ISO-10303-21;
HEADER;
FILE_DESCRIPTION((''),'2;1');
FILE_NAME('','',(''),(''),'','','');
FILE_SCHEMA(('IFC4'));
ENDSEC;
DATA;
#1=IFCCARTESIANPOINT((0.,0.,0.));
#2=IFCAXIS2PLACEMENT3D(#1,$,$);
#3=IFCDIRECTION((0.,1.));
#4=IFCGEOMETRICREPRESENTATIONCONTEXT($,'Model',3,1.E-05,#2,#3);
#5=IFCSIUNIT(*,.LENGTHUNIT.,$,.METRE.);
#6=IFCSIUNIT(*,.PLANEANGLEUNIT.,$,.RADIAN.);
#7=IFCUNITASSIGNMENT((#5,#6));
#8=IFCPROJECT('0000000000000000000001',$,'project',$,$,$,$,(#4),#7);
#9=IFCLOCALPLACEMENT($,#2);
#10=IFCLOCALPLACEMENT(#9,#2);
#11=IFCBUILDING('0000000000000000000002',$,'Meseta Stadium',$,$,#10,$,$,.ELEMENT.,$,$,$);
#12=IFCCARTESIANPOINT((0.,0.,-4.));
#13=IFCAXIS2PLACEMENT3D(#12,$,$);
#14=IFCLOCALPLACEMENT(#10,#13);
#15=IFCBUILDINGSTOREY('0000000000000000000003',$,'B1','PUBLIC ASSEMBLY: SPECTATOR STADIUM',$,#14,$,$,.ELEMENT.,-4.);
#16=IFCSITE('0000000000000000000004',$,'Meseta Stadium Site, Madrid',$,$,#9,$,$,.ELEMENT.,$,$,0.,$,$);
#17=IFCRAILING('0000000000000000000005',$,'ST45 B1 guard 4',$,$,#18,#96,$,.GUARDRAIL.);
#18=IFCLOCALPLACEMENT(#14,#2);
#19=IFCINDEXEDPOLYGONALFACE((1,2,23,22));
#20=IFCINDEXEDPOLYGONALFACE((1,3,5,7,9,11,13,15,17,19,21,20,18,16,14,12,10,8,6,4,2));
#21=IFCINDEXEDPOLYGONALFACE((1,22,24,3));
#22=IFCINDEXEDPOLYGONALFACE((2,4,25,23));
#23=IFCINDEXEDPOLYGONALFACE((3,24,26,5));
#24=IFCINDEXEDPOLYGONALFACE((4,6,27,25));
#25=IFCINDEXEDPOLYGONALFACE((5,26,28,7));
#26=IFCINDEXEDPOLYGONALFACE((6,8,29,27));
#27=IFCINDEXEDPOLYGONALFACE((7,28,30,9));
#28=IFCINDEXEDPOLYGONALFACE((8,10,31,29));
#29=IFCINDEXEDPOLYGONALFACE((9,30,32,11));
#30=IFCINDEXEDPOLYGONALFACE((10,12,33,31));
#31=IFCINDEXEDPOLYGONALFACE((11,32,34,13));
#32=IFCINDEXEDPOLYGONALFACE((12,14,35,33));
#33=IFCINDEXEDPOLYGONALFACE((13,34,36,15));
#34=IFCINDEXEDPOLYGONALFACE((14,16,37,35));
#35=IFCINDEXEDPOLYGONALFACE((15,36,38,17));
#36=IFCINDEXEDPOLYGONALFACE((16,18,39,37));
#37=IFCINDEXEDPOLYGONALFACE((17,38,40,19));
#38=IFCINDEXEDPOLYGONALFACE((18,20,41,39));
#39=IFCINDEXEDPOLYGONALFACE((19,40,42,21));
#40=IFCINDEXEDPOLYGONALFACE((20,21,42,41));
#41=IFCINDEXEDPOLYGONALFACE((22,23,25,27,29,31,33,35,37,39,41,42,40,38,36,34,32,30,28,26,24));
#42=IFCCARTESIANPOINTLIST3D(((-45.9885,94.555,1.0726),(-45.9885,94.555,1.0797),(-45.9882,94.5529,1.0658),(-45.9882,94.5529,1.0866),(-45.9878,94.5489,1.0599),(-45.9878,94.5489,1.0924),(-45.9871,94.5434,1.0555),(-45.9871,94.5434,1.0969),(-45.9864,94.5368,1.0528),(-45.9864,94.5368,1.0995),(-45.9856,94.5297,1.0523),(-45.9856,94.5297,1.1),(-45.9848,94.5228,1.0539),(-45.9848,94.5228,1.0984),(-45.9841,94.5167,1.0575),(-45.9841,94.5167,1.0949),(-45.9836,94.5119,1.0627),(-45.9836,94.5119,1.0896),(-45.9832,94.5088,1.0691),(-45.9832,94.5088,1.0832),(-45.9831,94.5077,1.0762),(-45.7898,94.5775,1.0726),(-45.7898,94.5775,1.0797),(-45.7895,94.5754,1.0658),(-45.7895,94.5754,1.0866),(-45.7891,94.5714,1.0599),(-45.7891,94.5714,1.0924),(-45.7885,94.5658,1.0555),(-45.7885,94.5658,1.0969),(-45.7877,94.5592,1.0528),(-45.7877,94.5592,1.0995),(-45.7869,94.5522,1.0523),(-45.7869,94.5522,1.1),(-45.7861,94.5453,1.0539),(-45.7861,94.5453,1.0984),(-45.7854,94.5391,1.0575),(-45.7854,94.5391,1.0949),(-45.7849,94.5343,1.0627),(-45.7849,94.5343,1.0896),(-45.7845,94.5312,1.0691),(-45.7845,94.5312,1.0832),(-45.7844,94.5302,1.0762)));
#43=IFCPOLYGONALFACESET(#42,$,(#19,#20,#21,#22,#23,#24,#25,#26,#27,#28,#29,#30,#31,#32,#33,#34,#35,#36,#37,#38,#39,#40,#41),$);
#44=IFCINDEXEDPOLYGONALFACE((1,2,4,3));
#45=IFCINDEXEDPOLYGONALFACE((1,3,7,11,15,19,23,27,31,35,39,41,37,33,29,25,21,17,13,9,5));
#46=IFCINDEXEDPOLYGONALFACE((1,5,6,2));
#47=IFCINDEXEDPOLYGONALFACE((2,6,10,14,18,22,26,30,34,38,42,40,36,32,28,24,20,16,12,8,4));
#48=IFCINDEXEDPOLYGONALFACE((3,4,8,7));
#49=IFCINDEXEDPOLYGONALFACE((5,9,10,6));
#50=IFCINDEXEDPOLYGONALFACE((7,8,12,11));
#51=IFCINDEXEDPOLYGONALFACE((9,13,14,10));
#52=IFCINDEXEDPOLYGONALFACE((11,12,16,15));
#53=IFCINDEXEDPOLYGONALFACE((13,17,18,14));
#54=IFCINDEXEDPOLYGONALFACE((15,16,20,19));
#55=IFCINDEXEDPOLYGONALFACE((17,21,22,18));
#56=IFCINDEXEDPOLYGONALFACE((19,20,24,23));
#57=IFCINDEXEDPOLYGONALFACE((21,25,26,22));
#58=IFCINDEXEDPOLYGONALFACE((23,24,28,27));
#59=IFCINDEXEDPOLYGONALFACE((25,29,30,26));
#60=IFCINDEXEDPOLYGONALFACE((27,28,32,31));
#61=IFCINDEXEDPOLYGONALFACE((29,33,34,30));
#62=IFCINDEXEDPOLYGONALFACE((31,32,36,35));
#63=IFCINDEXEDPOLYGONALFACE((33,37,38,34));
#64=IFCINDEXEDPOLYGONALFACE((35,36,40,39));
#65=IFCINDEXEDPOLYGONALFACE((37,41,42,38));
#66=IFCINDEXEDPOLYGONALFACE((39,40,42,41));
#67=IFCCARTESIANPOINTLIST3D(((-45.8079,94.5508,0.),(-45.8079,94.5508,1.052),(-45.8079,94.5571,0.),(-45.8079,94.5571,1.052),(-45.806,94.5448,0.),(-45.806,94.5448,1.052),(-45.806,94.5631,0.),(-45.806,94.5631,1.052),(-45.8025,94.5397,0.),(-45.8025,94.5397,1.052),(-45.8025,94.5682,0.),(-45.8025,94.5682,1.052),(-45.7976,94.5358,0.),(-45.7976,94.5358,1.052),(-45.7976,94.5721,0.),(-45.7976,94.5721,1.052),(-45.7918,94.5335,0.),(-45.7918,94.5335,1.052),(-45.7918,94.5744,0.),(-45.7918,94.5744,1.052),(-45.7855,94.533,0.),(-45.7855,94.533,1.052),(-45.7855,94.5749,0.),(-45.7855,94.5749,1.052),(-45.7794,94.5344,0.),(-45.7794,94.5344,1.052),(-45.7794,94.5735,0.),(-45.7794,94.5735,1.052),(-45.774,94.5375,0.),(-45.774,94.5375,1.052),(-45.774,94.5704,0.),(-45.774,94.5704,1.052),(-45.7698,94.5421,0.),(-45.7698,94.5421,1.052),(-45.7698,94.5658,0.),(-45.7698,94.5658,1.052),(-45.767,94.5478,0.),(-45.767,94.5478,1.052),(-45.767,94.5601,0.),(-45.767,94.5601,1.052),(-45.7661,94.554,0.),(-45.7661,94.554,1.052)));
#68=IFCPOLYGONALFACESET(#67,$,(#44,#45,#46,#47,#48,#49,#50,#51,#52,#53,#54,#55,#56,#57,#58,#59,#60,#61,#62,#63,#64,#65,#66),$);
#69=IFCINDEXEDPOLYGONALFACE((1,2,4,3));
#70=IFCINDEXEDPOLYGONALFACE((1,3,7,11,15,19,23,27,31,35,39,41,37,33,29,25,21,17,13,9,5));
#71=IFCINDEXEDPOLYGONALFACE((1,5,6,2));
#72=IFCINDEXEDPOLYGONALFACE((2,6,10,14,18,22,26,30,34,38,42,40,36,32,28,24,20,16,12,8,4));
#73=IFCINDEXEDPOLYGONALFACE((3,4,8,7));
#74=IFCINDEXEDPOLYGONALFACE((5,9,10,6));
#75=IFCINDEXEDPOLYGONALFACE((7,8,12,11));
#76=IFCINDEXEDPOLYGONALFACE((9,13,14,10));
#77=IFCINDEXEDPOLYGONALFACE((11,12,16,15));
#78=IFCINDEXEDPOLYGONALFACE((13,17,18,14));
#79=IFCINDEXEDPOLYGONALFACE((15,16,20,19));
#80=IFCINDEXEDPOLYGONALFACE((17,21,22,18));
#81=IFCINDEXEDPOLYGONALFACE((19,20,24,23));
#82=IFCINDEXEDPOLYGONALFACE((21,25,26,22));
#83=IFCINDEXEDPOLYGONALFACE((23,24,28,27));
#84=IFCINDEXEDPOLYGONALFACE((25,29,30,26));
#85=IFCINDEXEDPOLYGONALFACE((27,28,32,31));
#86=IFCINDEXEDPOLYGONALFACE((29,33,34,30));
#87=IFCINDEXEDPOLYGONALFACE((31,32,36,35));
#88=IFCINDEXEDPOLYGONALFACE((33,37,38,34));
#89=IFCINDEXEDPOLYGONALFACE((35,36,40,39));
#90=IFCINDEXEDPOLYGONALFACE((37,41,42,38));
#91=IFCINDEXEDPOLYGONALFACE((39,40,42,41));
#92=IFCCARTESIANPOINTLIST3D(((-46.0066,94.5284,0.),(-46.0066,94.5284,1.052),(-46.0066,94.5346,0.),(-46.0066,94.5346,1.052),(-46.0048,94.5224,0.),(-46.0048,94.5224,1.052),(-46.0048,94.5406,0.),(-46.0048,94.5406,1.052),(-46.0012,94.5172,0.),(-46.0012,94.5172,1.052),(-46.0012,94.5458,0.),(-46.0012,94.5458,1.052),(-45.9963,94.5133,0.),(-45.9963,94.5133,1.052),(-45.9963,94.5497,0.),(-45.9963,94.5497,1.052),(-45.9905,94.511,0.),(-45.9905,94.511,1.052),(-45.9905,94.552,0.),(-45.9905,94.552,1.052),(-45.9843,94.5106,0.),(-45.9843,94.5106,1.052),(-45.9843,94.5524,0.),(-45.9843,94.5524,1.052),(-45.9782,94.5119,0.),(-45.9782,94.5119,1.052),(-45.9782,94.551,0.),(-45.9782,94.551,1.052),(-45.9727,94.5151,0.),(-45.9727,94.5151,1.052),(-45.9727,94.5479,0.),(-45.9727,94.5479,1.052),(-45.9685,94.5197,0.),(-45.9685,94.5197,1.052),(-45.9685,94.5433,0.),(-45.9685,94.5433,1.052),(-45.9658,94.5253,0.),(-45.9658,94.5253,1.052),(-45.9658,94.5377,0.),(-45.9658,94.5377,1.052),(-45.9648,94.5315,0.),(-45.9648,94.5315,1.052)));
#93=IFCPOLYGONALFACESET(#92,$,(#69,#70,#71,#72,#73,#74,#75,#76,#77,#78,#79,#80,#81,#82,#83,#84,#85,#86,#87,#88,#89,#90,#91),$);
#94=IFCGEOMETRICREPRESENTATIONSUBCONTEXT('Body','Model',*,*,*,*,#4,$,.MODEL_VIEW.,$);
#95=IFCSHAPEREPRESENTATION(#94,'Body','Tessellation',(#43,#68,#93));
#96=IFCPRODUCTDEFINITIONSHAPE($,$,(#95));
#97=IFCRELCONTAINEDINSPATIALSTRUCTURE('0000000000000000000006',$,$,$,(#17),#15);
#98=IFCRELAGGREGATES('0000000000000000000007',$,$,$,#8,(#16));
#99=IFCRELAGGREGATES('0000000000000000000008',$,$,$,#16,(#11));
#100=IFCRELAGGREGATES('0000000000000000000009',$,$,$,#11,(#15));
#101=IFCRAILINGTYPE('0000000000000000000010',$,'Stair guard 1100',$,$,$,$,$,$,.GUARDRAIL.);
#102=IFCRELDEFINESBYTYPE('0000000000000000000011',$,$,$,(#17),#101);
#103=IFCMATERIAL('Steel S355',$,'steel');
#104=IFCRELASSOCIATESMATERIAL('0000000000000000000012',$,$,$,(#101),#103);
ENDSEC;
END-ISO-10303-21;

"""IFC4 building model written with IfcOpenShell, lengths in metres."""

from ifc_helpers import new_model, si_unit, direction, frame, origin, origin_2d, place, context, subcontext, project, spatial, circle, extrude, material, type_object, element, save


model = new_model("IFC4")

# Units and contexts
model_context = context("Model", 3, precision=1e-05, world=origin(), true_north=direction((0.0, 1.0)))
body_context = subcontext(model_context, "Body", "Model", "MODEL_VIEW")
ifc_project = project(units=[si_unit("LENGTHUNIT", "METRE"), si_unit("PLANEANGLEUNIT", "RADIAN")], contexts=[model_context])

# Site, building, storey
site_placement = place(None, origin())
site = spatial("IfcSite", under=ifc_project, at=site_placement, Name="Meseta Stadium Site, Madrid", CompositionType="ELEMENT", RefElevation=0.0)
building_placement = place(site_placement, origin())
building = spatial("IfcBuilding", under=site, at=building_placement, Name="Meseta Stadium", CompositionType="ELEMENT")
storey_placement = place(building_placement, frame((0.0, 0.0, -4.0)))
storey = spatial("IfcBuildingStorey", under=building, at=storey_placement, Name="B1", Description="PUBLIC ASSEMBLY: SPECTATOR STADIUM", CompositionType="ELEMENT", Elevation=-4.0)

# Railing
ifc_material_1 = material(Name="Steel S355", Category="steel")
railing_type_1 = type_object("IfcRailingType", Name="Stair guard 1100", PredefinedType="GUARDRAIL", material=ifc_material_1)
railing_1_placement = place(storey_placement, frame((-45.7871, 94.554, 0.0)))
element("IfcRailing", 1, at=railing_1_placement, inside=storey, type_object=railing_type_1, Name="ST45 B1 guard 4", PredefinedType="GUARDRAIL", context=body_context, shape_type="SweptSolid", body=[
    extrude(circle(Radius=0.0239, at=origin_2d()), frame((0.0, 0.0, 1.0762), z_axis=(-0.993674, -0.112307, 0.0), x_axis=(0.112307, -0.993674, 0.0)), (0.0, 0.0, 1.0), 0.2),
    extrude(circle(Radius=0.021, at=origin_2d()), origin(), (0.0, 0.0, 1.0), 1.052),
    extrude(circle(Radius=0.021, at=origin_2d()), frame((-0.1987, -0.0225, 0.0)), (0.0, 0.0, 1.0), 1.052),
])

save(model, "model.ifc")
